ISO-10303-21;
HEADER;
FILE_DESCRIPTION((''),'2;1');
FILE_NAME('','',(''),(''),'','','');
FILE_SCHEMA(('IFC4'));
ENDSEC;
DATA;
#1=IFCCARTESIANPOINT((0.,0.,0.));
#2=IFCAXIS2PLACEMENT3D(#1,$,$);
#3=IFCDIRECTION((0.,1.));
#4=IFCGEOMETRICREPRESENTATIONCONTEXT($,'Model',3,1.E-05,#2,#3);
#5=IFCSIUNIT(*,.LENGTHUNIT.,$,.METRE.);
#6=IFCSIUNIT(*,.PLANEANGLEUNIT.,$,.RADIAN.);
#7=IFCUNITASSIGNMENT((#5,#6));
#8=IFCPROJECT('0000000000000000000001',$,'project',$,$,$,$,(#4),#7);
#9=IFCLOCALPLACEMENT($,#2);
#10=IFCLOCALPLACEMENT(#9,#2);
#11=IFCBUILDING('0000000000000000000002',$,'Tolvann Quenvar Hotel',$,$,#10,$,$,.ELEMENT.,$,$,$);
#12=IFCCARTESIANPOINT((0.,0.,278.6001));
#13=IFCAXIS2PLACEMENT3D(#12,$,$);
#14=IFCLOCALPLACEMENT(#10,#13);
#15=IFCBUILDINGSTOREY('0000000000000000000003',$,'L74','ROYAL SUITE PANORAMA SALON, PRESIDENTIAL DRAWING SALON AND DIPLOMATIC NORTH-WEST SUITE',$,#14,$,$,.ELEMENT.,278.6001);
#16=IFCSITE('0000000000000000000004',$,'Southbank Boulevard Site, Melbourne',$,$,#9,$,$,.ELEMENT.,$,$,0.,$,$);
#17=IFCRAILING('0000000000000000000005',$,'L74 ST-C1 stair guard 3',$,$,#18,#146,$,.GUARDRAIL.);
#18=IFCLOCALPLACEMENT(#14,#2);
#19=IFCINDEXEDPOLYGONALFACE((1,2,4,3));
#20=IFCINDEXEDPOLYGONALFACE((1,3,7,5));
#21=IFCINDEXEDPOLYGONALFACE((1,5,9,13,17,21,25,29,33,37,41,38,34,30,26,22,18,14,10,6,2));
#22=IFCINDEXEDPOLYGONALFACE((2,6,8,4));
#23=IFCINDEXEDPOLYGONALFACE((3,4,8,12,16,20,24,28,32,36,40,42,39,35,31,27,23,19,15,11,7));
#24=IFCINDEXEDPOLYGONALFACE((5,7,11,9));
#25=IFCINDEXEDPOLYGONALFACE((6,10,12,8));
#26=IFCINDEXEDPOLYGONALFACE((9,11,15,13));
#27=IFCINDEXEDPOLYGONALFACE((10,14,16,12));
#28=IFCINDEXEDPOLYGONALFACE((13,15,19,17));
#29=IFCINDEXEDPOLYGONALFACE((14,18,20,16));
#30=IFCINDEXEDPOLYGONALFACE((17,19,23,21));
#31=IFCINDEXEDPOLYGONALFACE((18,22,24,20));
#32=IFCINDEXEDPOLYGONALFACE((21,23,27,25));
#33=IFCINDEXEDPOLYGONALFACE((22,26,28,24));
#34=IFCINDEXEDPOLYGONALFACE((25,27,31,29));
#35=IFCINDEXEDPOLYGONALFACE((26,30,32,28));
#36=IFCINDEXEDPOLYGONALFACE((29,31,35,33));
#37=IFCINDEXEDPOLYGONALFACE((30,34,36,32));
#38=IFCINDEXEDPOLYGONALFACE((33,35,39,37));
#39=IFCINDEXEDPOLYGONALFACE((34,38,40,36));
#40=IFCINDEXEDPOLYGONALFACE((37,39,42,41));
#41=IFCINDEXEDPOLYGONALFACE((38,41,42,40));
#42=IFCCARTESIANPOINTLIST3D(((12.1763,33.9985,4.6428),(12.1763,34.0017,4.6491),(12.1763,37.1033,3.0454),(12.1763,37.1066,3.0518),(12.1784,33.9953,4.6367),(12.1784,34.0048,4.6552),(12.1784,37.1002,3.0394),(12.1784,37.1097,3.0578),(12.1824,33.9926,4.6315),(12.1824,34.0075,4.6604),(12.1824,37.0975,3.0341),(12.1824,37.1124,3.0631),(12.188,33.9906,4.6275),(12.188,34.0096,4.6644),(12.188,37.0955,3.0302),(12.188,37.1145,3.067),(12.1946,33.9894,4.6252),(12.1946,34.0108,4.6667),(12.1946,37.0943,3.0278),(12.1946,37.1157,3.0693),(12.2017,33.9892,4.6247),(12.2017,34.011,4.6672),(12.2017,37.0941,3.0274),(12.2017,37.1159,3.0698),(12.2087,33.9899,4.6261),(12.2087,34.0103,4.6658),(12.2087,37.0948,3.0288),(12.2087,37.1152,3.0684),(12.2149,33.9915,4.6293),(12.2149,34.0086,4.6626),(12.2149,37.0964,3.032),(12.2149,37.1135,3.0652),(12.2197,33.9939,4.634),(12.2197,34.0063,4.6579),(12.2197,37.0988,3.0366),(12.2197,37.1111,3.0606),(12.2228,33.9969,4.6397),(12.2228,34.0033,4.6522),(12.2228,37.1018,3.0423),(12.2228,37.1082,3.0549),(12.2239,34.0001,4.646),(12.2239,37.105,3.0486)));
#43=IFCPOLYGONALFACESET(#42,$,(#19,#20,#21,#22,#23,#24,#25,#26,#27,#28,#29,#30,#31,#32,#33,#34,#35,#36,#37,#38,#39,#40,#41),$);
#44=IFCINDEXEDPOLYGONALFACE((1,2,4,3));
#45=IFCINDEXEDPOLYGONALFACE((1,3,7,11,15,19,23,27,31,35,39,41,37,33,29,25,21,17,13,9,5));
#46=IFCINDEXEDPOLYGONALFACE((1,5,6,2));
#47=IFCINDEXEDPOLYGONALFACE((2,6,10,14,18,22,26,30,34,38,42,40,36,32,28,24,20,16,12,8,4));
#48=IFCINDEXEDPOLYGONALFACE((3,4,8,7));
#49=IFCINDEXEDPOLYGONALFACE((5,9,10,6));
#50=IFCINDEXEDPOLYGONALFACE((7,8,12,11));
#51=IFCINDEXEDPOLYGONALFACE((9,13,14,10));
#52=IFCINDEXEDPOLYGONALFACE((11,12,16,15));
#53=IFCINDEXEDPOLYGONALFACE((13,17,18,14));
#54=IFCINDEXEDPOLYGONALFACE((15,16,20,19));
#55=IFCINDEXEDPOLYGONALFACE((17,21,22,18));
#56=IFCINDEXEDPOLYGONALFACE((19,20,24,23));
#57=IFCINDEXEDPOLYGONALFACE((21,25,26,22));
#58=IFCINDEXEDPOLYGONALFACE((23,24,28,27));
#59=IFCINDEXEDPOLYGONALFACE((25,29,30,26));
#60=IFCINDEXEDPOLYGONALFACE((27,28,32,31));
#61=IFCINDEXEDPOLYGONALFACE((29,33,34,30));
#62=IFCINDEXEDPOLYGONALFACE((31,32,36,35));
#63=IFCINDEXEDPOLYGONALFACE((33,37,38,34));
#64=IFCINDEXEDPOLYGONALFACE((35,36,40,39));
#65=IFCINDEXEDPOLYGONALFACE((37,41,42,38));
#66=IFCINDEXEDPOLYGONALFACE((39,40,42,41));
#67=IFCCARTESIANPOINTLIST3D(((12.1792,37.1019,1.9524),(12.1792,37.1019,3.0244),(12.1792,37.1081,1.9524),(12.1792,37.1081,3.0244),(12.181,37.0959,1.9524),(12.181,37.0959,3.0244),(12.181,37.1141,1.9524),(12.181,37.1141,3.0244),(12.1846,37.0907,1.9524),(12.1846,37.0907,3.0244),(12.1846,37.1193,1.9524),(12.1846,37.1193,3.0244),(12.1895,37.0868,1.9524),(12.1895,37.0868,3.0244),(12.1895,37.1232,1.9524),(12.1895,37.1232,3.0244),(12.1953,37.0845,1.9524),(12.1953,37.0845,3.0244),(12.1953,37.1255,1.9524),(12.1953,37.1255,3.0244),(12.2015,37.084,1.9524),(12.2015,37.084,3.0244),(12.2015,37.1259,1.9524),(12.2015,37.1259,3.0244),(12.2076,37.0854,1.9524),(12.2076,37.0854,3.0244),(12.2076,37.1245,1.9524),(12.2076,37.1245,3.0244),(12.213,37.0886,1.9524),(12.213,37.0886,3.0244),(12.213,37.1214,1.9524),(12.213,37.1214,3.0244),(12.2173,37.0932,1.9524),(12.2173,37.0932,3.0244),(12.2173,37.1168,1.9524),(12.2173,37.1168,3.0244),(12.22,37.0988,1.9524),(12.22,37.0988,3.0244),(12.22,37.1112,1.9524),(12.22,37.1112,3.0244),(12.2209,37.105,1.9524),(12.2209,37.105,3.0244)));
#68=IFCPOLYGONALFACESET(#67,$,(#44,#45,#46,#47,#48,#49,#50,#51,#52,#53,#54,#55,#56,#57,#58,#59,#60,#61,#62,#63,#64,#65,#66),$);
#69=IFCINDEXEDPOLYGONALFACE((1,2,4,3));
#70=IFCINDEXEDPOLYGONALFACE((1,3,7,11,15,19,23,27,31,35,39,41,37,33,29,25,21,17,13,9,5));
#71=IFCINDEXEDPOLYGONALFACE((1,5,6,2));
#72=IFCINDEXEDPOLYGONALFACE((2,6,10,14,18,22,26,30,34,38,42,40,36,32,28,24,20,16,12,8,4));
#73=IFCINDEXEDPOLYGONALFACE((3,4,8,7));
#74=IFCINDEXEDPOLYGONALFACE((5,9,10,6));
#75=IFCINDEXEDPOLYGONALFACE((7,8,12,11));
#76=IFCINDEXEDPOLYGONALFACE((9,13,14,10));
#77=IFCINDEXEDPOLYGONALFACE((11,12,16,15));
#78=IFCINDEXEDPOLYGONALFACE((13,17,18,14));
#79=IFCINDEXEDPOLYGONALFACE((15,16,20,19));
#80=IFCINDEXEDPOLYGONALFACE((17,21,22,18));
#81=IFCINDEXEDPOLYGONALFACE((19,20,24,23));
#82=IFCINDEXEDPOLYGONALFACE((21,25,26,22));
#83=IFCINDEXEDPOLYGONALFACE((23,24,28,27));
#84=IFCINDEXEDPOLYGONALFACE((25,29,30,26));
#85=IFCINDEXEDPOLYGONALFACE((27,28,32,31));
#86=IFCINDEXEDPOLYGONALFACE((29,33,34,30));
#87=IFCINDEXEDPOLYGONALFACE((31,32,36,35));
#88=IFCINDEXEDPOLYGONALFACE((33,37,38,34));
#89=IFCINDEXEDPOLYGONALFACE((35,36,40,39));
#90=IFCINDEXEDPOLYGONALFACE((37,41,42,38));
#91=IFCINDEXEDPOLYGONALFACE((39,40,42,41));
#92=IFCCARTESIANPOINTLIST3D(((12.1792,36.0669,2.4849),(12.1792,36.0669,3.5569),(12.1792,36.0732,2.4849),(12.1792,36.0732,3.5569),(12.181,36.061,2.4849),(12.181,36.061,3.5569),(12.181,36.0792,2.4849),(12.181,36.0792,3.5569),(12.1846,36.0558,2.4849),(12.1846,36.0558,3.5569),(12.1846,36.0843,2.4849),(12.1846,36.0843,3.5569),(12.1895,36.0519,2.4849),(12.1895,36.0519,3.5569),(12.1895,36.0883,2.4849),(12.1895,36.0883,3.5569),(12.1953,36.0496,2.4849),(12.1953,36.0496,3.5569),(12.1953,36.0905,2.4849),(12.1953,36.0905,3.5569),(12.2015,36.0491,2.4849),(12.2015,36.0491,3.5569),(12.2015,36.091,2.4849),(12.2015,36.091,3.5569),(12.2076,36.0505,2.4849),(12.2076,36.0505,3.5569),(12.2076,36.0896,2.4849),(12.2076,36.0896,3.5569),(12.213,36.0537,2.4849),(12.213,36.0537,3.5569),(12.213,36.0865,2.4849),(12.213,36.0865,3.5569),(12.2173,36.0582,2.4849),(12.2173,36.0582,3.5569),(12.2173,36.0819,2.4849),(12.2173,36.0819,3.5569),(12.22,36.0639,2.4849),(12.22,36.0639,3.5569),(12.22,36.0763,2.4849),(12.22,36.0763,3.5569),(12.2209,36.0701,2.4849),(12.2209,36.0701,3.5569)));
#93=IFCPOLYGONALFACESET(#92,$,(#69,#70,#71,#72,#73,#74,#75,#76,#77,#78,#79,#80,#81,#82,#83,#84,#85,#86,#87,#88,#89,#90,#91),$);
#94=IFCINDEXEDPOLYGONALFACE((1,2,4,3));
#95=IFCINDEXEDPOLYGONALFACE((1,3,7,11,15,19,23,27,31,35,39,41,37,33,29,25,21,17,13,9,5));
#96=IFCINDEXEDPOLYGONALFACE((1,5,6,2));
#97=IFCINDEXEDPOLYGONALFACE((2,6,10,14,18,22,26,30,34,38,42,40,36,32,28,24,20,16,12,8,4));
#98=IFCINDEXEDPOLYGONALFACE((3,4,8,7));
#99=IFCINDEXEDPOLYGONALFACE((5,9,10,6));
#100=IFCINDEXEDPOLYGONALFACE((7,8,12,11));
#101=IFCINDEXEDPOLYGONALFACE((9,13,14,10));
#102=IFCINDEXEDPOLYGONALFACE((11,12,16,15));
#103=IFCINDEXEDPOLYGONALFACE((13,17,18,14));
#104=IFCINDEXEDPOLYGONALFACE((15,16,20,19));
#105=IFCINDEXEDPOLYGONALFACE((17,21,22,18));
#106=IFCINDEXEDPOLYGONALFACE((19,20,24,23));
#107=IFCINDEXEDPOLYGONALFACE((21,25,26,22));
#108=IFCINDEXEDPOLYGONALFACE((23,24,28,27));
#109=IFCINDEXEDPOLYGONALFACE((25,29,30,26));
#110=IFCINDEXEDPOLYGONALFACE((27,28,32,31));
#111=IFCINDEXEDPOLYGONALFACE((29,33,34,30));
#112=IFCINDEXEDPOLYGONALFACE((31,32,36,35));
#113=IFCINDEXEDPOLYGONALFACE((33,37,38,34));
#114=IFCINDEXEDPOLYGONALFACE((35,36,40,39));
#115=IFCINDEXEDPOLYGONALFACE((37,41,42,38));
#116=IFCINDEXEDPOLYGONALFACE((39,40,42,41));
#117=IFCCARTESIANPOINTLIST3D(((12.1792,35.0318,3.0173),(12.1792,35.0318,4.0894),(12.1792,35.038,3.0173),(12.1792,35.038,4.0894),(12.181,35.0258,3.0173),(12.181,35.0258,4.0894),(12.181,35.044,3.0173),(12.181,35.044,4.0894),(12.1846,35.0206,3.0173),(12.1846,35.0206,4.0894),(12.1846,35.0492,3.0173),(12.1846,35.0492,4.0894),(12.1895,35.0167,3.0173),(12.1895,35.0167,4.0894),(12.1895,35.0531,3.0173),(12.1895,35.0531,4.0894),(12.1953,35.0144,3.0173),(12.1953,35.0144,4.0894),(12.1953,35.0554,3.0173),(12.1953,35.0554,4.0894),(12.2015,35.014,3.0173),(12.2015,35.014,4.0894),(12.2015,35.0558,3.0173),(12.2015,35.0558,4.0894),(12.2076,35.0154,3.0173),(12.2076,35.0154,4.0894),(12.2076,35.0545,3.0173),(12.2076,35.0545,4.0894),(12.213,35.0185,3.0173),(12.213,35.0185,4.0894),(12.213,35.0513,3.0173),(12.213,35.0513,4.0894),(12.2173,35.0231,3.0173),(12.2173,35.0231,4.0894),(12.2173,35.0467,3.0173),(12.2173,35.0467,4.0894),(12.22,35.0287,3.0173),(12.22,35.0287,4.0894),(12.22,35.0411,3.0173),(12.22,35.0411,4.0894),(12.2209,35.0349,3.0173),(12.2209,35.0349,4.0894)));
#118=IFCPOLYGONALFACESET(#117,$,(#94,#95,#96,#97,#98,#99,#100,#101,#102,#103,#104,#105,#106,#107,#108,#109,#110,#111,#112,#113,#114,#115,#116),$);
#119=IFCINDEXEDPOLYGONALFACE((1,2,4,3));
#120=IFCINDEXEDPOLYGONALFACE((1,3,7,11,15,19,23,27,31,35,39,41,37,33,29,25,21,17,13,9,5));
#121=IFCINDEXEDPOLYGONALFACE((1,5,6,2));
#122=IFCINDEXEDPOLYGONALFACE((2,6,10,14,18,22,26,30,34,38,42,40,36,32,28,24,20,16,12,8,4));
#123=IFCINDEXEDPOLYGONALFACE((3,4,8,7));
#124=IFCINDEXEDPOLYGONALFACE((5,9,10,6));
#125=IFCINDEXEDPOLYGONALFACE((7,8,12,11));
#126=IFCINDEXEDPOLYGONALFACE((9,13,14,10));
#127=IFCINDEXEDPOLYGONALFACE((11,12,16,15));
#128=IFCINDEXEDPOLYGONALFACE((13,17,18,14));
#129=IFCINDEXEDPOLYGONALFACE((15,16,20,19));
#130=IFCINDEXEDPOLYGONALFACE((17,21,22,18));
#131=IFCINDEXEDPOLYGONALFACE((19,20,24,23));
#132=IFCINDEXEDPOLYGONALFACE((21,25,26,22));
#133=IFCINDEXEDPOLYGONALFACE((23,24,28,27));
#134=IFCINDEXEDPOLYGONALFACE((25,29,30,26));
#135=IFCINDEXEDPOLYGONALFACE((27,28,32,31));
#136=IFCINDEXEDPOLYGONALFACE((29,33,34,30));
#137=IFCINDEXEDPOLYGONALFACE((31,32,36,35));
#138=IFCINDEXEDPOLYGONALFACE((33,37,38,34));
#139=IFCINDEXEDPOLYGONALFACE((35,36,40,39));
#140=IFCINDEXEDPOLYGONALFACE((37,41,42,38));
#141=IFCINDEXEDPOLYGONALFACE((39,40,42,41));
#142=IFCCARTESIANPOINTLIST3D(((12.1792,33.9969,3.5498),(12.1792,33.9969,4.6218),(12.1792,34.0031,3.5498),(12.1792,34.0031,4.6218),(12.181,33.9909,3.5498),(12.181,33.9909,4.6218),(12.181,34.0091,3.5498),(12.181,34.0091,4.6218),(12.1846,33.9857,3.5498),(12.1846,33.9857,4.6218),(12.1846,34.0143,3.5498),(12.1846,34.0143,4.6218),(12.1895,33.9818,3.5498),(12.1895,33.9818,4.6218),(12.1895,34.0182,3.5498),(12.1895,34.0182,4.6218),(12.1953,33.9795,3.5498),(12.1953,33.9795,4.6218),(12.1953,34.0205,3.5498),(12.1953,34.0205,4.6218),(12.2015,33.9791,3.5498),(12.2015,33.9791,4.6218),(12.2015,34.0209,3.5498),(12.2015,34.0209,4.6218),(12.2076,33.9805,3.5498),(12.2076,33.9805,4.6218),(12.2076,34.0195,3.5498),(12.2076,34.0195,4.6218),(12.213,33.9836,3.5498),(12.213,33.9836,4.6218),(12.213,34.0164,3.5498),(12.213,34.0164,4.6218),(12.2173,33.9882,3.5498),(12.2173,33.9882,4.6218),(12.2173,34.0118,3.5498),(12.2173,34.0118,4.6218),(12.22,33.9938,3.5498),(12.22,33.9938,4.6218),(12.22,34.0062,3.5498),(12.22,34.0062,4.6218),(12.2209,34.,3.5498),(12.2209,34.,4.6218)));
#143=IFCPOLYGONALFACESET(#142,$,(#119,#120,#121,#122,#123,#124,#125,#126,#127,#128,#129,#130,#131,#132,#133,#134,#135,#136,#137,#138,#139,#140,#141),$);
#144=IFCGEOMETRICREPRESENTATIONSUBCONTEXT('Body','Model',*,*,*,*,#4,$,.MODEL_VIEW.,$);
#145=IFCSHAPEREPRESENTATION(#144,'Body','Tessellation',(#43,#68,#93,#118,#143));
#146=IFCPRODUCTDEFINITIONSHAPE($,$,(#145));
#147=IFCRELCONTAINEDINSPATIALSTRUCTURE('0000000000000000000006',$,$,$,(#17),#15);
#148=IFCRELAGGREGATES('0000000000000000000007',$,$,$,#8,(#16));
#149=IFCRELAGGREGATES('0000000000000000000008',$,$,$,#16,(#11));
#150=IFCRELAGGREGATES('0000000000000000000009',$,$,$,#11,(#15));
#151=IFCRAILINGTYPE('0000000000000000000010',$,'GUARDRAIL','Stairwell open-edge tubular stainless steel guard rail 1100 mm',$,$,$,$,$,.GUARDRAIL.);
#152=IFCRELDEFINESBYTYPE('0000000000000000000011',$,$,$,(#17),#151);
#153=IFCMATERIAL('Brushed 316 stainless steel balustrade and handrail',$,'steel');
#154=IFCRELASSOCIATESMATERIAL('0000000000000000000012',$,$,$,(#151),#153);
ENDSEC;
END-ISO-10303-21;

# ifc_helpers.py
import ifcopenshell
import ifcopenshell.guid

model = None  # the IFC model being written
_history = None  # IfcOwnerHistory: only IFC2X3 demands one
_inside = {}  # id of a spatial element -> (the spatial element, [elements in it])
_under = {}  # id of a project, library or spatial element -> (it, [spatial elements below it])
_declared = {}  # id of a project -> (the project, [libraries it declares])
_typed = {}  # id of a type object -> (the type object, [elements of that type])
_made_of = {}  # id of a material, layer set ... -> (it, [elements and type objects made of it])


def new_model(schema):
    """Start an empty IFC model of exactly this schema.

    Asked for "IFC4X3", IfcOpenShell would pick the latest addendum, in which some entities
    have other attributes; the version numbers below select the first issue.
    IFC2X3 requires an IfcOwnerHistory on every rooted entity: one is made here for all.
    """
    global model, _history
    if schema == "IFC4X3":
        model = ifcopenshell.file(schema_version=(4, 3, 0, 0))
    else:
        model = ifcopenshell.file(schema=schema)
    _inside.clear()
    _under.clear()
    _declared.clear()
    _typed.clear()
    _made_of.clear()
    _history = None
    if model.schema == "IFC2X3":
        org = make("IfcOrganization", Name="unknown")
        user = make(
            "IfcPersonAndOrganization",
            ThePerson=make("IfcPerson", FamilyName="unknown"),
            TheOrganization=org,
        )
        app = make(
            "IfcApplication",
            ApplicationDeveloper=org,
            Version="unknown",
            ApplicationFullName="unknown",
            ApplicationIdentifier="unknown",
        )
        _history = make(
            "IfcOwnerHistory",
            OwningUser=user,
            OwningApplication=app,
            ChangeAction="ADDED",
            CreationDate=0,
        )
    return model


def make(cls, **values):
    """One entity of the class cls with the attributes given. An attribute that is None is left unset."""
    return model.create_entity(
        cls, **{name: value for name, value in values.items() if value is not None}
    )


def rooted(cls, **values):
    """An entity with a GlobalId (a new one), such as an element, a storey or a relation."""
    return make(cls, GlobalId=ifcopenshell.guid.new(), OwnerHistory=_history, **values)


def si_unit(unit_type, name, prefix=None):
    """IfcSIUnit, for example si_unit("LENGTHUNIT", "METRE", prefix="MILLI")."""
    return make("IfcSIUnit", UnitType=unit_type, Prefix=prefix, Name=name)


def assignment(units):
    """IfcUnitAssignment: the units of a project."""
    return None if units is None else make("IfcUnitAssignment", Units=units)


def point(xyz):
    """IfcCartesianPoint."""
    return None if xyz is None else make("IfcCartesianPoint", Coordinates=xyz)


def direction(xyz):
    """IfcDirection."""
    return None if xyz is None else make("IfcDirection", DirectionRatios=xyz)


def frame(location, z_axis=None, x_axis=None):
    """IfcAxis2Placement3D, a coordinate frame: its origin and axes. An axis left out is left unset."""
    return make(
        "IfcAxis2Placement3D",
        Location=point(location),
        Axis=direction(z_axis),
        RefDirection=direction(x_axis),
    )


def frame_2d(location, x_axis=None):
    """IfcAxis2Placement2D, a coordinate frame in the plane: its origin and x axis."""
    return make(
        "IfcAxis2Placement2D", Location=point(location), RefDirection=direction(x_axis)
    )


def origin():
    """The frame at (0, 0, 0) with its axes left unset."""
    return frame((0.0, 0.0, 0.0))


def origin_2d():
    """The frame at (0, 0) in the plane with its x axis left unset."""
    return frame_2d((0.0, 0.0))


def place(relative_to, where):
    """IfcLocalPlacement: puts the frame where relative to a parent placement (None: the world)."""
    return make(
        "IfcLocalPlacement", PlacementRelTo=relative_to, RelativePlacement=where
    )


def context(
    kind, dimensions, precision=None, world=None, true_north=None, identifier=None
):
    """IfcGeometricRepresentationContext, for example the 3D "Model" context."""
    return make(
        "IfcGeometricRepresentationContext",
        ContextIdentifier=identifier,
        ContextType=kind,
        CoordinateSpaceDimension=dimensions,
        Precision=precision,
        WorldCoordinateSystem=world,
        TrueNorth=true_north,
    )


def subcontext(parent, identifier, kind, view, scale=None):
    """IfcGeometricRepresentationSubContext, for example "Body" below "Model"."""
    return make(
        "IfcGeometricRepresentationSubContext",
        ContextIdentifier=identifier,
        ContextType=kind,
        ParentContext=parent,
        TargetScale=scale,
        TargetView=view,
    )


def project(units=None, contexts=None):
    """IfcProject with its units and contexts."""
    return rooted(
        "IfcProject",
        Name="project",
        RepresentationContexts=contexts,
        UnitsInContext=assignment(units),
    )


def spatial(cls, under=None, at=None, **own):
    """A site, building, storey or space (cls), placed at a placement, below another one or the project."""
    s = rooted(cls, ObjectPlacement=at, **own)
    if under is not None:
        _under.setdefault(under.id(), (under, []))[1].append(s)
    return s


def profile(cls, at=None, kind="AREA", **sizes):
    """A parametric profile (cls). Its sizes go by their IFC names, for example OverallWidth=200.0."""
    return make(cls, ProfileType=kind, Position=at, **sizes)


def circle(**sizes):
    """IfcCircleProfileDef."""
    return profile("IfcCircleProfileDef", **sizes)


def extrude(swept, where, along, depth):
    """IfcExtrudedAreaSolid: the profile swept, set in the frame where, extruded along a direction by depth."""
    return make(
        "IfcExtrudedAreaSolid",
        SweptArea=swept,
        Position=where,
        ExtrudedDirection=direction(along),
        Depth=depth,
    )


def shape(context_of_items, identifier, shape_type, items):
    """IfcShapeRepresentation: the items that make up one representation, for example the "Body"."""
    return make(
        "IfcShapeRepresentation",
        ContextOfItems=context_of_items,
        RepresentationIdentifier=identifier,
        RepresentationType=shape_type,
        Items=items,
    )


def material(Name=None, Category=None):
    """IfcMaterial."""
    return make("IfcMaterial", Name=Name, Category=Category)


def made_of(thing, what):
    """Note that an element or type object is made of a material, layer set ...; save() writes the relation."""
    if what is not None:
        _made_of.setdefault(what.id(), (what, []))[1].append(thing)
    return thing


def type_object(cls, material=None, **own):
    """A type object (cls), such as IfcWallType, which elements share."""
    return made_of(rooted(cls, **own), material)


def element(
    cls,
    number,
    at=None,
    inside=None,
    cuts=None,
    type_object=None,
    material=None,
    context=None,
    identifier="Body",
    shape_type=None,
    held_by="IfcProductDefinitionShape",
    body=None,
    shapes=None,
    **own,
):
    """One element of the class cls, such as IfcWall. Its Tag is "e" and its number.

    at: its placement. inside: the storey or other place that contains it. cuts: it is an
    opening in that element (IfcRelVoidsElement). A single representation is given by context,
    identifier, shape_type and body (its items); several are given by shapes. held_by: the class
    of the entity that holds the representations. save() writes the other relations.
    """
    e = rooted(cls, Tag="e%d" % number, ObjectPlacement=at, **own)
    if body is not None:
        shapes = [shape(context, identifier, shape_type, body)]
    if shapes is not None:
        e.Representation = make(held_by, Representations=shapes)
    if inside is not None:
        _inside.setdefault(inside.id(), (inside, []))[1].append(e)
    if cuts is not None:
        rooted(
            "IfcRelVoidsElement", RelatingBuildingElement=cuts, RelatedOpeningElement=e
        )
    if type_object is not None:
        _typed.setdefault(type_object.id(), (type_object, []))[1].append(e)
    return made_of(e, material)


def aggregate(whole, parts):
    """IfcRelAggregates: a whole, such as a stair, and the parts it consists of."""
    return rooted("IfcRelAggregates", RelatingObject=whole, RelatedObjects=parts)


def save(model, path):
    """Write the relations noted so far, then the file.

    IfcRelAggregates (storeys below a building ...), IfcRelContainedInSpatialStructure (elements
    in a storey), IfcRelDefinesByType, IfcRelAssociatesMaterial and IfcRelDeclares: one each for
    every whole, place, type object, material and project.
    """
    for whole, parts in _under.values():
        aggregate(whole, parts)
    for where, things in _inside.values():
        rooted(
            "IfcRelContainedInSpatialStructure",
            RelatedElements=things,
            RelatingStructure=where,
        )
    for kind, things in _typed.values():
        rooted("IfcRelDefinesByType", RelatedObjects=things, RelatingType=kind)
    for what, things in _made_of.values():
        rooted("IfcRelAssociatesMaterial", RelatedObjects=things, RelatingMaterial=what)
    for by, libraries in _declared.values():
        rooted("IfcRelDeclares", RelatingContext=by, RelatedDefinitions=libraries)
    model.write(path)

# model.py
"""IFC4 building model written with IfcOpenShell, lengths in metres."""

from ifc_helpers import new_model, si_unit, direction, frame, origin, origin_2d, place, context, subcontext, project, spatial, circle, extrude, material, type_object, element, save


model = new_model("IFC4")

# Units and contexts
model_context = context("Model", 3, precision=1e-05, world=origin(), true_north=direction((0.0, 1.0)))
body_context = subcontext(model_context, "Body", "Model", "MODEL_VIEW")
ifc_project = project(units=[si_unit("LENGTHUNIT", "METRE"), si_unit("PLANEANGLEUNIT", "RADIAN")], contexts=[model_context])

# Site, building, storey
site_placement = place(None, origin())
site = spatial("IfcSite", under=ifc_project, at=site_placement, Name="Southbank Boulevard Site, Melbourne", CompositionType="ELEMENT", RefElevation=0.0)
building_placement = place(site_placement, origin())
building = spatial("IfcBuilding", under=site, at=building_placement, Name="Tolvann Quenvar Hotel", CompositionType="ELEMENT")
storey_placement = place(building_placement, frame((0.0, 0.0, 278.6001)))
storey = spatial("IfcBuildingStorey", under=building, at=storey_placement, Name="L74", Description="ROYAL SUITE PANORAMA SALON, PRESIDENTIAL DRAWING SALON AND DIPLOMATIC NORTH-WEST SUITE", CompositionType="ELEMENT", Elevation=278.6001)

# Railing
ifc_material_1 = material(Name="Brushed 316 stainless steel balustrade and handrail", Category="steel")
railing_type_1 = type_object("IfcRailingType", Name="GUARDRAIL", Description="Stairwell open-edge tubular stainless steel guard rail 1100 mm", PredefinedType="GUARDRAIL", material=ifc_material_1)
railing_1_placement = place(storey_placement, frame((12.2, 37.105, 1.9524)))
element("IfcRailing", 1, at=railing_1_placement, inside=storey, type_object=railing_type_1, Name="L74 ST-C1 stair guard 3", PredefinedType="GUARDRAIL", context=body_context, shape_type="SweptSolid", body=[
    extrude(circle(Radius=0.0239, at=origin_2d()), frame((0.0, 0.0, 1.0962), z_axis=(0.0, -0.889222, 0.457476), x_axis=(1.0, 0.0, 0.0)), (0.0, 0.0, 1.0), 3.4917),
    extrude(circle(Radius=0.021, at=origin_2d()), origin(), (0.0, 0.0, 1.0), 1.072),
    extrude(circle(Radius=0.021, at=origin_2d()), frame((0.0, -1.0349, 0.5325)), (0.0, 0.0, 1.0), 1.072),
    extrude(circle(Radius=0.021, at=origin_2d()), frame((0.0, -2.0701, 1.0649)), (0.0, 0.0, 1.0), 1.072),
    extrude(circle(Radius=0.021, at=origin_2d()), frame((0.0, -3.105, 1.5974)), (0.0, 0.0, 1.0), 1.072),
])

save(model, "model.ifc")
